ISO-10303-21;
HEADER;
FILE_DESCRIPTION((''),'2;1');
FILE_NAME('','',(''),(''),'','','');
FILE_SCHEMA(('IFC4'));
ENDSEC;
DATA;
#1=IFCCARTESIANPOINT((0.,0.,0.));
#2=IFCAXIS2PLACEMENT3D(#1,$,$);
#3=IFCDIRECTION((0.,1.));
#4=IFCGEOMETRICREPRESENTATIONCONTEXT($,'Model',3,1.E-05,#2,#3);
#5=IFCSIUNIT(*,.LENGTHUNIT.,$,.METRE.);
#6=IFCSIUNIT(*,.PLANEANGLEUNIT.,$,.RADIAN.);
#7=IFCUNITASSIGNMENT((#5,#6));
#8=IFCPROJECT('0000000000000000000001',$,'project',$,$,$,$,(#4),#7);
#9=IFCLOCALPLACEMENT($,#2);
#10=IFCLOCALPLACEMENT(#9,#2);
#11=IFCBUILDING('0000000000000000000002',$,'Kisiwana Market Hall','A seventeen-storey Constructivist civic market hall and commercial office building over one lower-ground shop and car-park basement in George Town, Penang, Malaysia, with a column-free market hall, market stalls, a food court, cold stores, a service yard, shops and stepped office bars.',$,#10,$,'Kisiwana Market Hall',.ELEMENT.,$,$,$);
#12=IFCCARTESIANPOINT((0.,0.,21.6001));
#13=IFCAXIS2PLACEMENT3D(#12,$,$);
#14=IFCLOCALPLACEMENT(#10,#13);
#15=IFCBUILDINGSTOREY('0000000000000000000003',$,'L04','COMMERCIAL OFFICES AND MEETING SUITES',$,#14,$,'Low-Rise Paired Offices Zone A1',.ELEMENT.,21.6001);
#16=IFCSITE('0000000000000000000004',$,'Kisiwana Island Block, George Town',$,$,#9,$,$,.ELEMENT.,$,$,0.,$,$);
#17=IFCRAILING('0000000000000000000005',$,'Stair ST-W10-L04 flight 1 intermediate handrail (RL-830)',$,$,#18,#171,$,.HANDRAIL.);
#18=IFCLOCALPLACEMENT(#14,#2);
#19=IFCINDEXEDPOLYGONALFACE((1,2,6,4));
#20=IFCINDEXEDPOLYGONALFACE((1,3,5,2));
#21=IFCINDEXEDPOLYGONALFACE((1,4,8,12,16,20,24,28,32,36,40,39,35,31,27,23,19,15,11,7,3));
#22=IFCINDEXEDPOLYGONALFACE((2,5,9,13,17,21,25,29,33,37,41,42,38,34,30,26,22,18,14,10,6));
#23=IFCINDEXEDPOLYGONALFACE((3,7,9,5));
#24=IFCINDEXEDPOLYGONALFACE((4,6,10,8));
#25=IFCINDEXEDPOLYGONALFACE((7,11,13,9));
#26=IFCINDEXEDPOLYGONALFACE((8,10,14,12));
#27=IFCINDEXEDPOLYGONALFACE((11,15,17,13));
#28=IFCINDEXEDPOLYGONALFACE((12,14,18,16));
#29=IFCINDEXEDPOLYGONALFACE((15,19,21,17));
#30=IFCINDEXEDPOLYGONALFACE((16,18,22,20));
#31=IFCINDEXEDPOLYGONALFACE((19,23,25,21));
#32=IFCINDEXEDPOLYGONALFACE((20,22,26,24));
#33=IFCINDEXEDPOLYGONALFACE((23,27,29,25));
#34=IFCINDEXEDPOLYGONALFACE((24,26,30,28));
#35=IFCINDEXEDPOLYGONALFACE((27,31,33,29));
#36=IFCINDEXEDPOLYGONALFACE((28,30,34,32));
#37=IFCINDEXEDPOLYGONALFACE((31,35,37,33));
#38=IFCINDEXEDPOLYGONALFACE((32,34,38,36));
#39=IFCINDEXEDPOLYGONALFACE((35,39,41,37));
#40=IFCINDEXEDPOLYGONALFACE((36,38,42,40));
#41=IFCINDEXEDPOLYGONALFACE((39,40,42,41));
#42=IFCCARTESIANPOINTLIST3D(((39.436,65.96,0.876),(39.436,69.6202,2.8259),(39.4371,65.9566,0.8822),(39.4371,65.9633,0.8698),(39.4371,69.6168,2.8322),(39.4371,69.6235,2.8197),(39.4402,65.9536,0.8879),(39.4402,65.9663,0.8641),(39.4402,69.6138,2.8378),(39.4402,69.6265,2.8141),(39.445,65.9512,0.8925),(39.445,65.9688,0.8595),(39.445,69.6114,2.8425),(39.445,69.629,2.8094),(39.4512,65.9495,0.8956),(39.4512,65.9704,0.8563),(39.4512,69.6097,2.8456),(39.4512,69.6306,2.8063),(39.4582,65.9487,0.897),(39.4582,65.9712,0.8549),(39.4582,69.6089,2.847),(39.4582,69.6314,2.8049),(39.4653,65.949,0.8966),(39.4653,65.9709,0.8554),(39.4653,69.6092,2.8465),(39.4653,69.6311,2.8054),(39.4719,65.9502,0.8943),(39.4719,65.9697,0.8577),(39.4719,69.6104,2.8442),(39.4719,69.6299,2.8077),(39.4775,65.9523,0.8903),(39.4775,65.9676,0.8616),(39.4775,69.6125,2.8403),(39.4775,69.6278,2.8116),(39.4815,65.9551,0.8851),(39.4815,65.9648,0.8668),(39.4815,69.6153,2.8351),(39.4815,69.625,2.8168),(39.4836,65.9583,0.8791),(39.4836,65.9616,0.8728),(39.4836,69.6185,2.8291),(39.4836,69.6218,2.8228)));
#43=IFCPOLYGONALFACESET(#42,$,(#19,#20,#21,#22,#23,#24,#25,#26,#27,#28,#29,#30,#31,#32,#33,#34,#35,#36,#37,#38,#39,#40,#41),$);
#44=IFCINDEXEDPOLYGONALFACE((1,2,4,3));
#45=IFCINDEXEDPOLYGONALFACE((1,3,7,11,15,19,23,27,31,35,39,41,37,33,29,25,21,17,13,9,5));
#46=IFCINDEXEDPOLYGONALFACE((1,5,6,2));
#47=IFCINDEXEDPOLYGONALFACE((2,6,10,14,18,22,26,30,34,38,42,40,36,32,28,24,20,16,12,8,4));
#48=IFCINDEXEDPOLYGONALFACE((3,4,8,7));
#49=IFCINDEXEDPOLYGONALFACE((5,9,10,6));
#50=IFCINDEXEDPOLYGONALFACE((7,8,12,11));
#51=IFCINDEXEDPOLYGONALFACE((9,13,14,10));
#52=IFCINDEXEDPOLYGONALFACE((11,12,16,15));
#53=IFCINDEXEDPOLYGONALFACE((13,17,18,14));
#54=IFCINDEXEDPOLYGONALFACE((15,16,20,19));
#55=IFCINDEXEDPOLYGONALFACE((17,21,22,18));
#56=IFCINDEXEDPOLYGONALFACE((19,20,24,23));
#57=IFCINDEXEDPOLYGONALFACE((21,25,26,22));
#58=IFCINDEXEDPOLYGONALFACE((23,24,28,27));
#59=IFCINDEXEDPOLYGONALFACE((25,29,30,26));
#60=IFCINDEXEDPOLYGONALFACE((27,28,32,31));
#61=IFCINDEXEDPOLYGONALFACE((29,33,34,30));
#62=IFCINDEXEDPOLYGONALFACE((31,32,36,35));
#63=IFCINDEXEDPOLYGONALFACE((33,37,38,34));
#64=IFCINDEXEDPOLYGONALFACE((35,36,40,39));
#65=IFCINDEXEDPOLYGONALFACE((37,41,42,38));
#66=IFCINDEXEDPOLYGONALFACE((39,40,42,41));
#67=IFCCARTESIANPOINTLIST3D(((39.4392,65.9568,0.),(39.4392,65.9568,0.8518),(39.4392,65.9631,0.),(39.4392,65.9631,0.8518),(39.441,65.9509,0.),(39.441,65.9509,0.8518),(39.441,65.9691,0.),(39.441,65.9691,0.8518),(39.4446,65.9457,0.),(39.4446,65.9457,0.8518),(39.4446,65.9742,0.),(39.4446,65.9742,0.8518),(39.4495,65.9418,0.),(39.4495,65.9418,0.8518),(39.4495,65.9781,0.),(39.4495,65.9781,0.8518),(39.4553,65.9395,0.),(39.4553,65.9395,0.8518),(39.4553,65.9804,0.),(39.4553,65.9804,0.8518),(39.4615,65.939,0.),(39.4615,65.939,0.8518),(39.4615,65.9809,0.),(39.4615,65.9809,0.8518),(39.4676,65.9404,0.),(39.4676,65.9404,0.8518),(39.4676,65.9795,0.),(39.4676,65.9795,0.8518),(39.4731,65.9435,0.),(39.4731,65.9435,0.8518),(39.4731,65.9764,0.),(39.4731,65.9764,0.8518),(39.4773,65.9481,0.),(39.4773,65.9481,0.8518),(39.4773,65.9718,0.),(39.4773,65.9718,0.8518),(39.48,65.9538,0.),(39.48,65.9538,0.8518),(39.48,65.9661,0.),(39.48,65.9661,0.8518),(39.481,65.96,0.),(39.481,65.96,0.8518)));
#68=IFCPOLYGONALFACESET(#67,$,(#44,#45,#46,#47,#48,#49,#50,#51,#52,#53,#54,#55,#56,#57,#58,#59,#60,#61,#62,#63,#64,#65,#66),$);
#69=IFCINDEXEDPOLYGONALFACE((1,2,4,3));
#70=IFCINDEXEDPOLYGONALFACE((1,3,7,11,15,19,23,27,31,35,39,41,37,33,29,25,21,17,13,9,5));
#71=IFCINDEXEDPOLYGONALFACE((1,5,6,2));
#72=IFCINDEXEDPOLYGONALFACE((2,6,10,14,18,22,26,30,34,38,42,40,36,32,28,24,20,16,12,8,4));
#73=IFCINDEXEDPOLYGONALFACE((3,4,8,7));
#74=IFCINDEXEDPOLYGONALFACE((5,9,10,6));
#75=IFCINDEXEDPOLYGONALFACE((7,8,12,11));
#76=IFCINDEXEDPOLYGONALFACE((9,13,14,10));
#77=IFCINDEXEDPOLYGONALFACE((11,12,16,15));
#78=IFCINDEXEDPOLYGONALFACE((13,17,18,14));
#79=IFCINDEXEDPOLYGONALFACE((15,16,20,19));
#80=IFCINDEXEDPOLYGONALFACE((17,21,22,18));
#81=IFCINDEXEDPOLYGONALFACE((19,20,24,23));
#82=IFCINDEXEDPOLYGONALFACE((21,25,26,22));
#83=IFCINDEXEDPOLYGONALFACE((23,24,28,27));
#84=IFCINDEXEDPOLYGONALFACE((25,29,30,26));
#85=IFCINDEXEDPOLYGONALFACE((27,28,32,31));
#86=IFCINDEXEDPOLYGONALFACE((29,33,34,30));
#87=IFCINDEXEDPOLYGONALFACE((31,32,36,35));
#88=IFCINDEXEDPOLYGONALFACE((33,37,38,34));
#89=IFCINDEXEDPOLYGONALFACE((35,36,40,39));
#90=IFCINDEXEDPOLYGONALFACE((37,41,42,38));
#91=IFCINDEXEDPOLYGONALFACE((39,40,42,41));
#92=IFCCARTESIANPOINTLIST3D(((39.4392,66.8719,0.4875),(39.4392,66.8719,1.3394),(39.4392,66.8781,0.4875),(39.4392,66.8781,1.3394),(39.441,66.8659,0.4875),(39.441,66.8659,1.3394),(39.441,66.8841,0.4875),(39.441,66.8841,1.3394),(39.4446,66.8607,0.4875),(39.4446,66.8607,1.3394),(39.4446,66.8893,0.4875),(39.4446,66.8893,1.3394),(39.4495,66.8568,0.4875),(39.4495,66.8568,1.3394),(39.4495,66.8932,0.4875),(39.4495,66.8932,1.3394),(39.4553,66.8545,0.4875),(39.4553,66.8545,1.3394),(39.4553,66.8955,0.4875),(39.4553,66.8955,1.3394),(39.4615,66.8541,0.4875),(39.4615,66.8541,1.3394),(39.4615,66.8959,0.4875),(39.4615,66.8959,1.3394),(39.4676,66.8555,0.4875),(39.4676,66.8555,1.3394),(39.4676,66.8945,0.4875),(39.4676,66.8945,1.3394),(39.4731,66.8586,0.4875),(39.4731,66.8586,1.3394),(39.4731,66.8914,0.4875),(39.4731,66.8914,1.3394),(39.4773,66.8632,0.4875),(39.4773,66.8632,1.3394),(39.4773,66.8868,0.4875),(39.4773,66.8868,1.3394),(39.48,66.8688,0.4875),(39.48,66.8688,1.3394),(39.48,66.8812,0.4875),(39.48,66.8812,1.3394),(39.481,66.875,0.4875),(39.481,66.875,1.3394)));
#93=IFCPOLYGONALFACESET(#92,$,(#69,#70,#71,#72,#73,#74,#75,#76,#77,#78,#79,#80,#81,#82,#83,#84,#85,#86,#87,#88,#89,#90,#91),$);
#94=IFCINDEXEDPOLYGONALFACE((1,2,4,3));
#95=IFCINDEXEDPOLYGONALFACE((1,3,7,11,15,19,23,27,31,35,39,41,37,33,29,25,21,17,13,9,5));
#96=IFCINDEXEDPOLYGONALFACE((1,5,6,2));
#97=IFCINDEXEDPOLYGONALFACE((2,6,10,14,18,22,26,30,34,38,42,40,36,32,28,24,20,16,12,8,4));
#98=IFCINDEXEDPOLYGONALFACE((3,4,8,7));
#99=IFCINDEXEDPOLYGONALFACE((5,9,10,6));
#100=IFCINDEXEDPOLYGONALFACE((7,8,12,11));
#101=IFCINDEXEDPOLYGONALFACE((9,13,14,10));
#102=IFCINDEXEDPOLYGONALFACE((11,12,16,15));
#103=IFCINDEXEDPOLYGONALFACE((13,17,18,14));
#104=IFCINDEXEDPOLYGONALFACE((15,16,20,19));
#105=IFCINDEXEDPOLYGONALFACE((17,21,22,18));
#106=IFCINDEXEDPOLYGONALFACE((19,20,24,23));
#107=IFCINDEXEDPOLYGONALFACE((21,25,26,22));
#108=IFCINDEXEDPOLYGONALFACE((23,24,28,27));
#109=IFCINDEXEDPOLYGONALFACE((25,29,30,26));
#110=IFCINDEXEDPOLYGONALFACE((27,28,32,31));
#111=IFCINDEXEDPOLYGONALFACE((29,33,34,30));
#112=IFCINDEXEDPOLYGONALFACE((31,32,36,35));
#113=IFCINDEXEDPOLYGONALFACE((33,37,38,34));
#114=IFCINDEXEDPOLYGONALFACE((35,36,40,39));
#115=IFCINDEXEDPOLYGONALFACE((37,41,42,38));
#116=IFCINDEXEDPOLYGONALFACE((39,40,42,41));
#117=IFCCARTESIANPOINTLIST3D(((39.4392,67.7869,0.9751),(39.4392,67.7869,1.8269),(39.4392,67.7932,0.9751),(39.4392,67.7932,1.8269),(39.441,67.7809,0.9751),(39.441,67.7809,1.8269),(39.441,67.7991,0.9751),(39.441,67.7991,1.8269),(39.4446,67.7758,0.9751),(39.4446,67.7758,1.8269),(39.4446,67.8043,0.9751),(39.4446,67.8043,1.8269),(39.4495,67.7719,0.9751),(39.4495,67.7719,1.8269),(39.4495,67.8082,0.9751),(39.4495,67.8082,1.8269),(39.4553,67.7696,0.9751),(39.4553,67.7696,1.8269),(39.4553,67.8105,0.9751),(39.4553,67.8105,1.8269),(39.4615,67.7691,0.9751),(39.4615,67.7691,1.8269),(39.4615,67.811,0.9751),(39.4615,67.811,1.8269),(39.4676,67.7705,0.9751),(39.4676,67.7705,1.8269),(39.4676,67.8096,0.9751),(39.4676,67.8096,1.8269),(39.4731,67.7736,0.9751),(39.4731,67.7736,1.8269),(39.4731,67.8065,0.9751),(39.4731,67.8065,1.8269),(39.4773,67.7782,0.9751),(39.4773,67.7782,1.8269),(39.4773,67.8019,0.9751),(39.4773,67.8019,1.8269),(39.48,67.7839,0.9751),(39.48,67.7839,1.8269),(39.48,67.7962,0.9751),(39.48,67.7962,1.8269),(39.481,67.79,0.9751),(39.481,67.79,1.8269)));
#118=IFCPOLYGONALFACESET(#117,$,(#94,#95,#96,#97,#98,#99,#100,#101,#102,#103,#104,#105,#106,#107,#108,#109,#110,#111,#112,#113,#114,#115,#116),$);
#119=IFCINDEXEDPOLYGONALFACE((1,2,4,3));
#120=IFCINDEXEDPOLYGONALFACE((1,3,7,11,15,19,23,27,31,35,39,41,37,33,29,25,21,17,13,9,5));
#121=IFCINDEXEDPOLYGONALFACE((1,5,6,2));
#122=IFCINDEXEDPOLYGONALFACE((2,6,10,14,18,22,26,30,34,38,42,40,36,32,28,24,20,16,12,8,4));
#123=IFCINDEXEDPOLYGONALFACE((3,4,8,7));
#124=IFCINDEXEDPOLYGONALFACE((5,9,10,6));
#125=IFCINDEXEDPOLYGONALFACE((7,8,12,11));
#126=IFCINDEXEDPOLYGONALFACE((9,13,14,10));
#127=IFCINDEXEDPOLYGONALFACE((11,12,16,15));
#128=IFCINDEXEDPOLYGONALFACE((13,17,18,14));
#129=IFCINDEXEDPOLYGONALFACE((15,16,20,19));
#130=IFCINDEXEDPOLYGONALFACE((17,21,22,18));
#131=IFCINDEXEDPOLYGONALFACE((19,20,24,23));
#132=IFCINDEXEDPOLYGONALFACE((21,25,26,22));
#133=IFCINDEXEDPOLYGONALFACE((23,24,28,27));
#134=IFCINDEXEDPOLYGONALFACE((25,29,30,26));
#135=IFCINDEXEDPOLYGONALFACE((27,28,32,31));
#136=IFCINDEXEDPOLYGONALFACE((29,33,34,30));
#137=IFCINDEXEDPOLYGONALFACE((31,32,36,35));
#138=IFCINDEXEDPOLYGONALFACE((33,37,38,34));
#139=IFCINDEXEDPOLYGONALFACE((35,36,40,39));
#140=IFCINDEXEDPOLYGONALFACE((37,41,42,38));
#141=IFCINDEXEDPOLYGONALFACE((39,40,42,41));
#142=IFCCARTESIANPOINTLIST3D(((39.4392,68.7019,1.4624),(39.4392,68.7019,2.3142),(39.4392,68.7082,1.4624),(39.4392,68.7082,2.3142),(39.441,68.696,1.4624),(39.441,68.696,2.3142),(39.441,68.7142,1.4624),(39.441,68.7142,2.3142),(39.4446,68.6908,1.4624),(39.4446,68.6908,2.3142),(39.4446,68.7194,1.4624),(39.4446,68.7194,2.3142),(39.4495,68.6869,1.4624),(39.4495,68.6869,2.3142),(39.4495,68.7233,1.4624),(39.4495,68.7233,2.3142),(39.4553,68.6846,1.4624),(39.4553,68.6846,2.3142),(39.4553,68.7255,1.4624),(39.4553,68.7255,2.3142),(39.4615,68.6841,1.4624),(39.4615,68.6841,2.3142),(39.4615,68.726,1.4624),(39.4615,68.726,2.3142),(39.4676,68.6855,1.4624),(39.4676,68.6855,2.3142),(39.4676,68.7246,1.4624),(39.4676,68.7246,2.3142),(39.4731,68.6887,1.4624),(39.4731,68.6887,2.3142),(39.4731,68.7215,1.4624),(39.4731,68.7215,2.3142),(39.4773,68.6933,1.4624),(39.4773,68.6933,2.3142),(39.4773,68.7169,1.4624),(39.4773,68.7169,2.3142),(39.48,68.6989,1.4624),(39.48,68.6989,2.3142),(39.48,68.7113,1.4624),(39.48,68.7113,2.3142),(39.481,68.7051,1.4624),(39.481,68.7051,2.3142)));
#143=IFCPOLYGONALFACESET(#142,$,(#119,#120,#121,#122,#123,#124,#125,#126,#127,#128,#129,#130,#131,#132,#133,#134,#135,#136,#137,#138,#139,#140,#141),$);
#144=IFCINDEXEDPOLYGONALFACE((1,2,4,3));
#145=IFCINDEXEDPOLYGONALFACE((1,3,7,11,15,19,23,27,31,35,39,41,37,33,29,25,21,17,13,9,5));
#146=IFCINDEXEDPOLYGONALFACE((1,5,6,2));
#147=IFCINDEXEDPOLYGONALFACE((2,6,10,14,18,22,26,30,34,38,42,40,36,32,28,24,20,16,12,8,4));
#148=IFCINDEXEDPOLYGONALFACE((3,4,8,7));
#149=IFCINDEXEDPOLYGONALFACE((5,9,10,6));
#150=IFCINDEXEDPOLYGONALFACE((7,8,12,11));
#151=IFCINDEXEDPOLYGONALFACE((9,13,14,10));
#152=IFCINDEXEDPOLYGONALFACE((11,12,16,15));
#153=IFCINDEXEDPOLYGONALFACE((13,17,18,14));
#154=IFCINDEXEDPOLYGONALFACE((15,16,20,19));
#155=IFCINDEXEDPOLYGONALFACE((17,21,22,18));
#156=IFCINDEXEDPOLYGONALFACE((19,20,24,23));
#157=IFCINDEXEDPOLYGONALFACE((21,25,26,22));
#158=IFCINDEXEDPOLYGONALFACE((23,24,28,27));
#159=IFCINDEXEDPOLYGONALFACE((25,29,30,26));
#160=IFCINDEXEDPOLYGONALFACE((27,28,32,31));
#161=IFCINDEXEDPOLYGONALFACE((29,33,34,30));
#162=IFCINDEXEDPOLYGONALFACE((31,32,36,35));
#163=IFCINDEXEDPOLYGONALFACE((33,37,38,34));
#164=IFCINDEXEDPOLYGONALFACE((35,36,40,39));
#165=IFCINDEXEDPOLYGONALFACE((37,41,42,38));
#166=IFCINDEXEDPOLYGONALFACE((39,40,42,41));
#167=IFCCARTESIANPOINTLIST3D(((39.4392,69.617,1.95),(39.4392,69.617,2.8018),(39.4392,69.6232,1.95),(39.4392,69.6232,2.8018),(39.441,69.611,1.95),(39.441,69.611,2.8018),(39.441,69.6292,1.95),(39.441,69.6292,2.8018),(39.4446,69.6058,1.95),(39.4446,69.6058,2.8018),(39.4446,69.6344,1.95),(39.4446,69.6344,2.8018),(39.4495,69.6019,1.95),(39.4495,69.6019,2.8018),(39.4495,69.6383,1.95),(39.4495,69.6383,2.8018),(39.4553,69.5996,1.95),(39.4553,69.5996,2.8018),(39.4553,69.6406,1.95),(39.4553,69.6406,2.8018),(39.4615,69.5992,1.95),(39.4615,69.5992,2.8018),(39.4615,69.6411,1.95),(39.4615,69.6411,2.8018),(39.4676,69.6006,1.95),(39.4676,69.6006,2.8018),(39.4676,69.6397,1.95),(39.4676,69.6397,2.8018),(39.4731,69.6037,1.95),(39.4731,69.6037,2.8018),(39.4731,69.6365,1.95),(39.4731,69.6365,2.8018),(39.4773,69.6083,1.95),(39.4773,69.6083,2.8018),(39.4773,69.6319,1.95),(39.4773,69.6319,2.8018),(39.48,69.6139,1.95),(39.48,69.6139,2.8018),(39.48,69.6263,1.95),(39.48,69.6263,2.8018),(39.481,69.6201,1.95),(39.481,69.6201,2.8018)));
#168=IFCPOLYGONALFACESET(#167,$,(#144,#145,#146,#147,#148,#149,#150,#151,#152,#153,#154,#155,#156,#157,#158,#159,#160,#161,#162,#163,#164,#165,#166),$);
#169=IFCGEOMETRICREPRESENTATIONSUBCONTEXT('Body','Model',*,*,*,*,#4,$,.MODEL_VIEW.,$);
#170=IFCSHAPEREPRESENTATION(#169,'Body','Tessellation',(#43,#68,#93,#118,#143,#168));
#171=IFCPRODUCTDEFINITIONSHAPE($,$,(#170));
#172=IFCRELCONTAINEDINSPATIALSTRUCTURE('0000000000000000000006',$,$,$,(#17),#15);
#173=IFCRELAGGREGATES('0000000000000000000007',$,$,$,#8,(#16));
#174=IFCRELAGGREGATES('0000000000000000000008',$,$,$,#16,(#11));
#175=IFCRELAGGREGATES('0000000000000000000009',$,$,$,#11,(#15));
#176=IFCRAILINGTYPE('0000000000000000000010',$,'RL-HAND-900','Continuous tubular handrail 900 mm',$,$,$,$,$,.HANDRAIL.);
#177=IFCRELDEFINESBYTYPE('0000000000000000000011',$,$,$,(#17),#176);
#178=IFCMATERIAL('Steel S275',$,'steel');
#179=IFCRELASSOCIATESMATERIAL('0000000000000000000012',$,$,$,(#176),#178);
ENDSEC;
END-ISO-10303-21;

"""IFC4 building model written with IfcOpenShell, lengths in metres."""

from ifc_helpers import new_model, si_unit, direction, frame, origin, origin_2d, place, context, subcontext, project, spatial, circle, extrude, material, type_object, element, save


model = new_model("IFC4")

# Units and contexts
model_context = context("Model", 3, precision=1e-05, world=origin(), true_north=direction((0.0, 1.0)))
body_context = subcontext(model_context, "Body", "Model", "MODEL_VIEW")
ifc_project = project(units=[si_unit("LENGTHUNIT", "METRE"), si_unit("PLANEANGLEUNIT", "RADIAN")], contexts=[model_context])

# Site, building, storey
site_placement = place(None, origin())
site = spatial("IfcSite", under=ifc_project, at=site_placement, Name="Kisiwana Island Block, George Town", CompositionType="ELEMENT", RefElevation=0.0)
building_placement = place(site_placement, origin())
building = spatial("IfcBuilding", under=site, at=building_placement, Name="Kisiwana Market Hall", Description="A seventeen-storey Constructivist civic market hall and commercial office building over one lower-ground shop and car-park basement in George Town, Penang, Malaysia, with a column-free market hall, market stalls, a food court, cold stores, a service yard, shops and stepped office bars.", LongName="Kisiwana Market Hall", CompositionType="ELEMENT")
storey_placement = place(building_placement, frame((0.0, 0.0, 21.6001)))
storey = spatial("IfcBuildingStorey", under=building, at=storey_placement, Name="L04", Description="COMMERCIAL OFFICES AND MEETING SUITES", LongName="Low-Rise Paired Offices Zone A1", CompositionType="ELEMENT", Elevation=21.6001)

# Railing
ifc_material_1 = material(Name="Steel S275", Category="steel")
railing_type_1 = type_object("IfcRailingType", Name="RL-HAND-900", Description="Continuous tubular handrail 900 mm", PredefinedType="HANDRAIL", material=ifc_material_1)
railing_1_placement = place(storey_placement, frame((39.46, 65.96, 0.0)))
element("IfcRailing", 1, at=railing_1_placement, inside=storey, type_object=railing_type_1, Name="Stair ST-W10-L04 flight 1 intermediate handrail (RL-830)", PredefinedType="HANDRAIL", context=body_context, shape_type="SweptSolid", body=[
    extrude(circle(Radius=0.0239, at=origin_2d()), frame((0.0, 0.0, 0.876), z_axis=(0.0, 0.882566, 0.470188), x_axis=(-1.0, 0.0, 0.0)), (0.0, 0.0, 1.0), 4.1472),
    extrude(circle(Radius=0.021, at=origin_2d()), origin(), (0.0, 0.0, 1.0), 0.8518),
    extrude(circle(Radius=0.021, at=origin_2d()), frame((0.0, 0.915, 0.4875)), (0.0, 0.0, 1.0), 0.8518),
    extrude(circle(Radius=0.021, at=origin_2d()), frame((0.0, 1.8301, 0.9751)), (0.0, 0.0, 1.0), 0.8518),
    extrude(circle(Radius=0.021, at=origin_2d()), frame((0.0, 2.7451, 1.4624)), (0.0, 0.0, 1.0), 0.8518),
    extrude(circle(Radius=0.021, at=origin_2d()), frame((0.0, 3.6602, 1.95)), (0.0, 0.0, 1.0), 0.8518),
])

save(model, "model.ifc")
